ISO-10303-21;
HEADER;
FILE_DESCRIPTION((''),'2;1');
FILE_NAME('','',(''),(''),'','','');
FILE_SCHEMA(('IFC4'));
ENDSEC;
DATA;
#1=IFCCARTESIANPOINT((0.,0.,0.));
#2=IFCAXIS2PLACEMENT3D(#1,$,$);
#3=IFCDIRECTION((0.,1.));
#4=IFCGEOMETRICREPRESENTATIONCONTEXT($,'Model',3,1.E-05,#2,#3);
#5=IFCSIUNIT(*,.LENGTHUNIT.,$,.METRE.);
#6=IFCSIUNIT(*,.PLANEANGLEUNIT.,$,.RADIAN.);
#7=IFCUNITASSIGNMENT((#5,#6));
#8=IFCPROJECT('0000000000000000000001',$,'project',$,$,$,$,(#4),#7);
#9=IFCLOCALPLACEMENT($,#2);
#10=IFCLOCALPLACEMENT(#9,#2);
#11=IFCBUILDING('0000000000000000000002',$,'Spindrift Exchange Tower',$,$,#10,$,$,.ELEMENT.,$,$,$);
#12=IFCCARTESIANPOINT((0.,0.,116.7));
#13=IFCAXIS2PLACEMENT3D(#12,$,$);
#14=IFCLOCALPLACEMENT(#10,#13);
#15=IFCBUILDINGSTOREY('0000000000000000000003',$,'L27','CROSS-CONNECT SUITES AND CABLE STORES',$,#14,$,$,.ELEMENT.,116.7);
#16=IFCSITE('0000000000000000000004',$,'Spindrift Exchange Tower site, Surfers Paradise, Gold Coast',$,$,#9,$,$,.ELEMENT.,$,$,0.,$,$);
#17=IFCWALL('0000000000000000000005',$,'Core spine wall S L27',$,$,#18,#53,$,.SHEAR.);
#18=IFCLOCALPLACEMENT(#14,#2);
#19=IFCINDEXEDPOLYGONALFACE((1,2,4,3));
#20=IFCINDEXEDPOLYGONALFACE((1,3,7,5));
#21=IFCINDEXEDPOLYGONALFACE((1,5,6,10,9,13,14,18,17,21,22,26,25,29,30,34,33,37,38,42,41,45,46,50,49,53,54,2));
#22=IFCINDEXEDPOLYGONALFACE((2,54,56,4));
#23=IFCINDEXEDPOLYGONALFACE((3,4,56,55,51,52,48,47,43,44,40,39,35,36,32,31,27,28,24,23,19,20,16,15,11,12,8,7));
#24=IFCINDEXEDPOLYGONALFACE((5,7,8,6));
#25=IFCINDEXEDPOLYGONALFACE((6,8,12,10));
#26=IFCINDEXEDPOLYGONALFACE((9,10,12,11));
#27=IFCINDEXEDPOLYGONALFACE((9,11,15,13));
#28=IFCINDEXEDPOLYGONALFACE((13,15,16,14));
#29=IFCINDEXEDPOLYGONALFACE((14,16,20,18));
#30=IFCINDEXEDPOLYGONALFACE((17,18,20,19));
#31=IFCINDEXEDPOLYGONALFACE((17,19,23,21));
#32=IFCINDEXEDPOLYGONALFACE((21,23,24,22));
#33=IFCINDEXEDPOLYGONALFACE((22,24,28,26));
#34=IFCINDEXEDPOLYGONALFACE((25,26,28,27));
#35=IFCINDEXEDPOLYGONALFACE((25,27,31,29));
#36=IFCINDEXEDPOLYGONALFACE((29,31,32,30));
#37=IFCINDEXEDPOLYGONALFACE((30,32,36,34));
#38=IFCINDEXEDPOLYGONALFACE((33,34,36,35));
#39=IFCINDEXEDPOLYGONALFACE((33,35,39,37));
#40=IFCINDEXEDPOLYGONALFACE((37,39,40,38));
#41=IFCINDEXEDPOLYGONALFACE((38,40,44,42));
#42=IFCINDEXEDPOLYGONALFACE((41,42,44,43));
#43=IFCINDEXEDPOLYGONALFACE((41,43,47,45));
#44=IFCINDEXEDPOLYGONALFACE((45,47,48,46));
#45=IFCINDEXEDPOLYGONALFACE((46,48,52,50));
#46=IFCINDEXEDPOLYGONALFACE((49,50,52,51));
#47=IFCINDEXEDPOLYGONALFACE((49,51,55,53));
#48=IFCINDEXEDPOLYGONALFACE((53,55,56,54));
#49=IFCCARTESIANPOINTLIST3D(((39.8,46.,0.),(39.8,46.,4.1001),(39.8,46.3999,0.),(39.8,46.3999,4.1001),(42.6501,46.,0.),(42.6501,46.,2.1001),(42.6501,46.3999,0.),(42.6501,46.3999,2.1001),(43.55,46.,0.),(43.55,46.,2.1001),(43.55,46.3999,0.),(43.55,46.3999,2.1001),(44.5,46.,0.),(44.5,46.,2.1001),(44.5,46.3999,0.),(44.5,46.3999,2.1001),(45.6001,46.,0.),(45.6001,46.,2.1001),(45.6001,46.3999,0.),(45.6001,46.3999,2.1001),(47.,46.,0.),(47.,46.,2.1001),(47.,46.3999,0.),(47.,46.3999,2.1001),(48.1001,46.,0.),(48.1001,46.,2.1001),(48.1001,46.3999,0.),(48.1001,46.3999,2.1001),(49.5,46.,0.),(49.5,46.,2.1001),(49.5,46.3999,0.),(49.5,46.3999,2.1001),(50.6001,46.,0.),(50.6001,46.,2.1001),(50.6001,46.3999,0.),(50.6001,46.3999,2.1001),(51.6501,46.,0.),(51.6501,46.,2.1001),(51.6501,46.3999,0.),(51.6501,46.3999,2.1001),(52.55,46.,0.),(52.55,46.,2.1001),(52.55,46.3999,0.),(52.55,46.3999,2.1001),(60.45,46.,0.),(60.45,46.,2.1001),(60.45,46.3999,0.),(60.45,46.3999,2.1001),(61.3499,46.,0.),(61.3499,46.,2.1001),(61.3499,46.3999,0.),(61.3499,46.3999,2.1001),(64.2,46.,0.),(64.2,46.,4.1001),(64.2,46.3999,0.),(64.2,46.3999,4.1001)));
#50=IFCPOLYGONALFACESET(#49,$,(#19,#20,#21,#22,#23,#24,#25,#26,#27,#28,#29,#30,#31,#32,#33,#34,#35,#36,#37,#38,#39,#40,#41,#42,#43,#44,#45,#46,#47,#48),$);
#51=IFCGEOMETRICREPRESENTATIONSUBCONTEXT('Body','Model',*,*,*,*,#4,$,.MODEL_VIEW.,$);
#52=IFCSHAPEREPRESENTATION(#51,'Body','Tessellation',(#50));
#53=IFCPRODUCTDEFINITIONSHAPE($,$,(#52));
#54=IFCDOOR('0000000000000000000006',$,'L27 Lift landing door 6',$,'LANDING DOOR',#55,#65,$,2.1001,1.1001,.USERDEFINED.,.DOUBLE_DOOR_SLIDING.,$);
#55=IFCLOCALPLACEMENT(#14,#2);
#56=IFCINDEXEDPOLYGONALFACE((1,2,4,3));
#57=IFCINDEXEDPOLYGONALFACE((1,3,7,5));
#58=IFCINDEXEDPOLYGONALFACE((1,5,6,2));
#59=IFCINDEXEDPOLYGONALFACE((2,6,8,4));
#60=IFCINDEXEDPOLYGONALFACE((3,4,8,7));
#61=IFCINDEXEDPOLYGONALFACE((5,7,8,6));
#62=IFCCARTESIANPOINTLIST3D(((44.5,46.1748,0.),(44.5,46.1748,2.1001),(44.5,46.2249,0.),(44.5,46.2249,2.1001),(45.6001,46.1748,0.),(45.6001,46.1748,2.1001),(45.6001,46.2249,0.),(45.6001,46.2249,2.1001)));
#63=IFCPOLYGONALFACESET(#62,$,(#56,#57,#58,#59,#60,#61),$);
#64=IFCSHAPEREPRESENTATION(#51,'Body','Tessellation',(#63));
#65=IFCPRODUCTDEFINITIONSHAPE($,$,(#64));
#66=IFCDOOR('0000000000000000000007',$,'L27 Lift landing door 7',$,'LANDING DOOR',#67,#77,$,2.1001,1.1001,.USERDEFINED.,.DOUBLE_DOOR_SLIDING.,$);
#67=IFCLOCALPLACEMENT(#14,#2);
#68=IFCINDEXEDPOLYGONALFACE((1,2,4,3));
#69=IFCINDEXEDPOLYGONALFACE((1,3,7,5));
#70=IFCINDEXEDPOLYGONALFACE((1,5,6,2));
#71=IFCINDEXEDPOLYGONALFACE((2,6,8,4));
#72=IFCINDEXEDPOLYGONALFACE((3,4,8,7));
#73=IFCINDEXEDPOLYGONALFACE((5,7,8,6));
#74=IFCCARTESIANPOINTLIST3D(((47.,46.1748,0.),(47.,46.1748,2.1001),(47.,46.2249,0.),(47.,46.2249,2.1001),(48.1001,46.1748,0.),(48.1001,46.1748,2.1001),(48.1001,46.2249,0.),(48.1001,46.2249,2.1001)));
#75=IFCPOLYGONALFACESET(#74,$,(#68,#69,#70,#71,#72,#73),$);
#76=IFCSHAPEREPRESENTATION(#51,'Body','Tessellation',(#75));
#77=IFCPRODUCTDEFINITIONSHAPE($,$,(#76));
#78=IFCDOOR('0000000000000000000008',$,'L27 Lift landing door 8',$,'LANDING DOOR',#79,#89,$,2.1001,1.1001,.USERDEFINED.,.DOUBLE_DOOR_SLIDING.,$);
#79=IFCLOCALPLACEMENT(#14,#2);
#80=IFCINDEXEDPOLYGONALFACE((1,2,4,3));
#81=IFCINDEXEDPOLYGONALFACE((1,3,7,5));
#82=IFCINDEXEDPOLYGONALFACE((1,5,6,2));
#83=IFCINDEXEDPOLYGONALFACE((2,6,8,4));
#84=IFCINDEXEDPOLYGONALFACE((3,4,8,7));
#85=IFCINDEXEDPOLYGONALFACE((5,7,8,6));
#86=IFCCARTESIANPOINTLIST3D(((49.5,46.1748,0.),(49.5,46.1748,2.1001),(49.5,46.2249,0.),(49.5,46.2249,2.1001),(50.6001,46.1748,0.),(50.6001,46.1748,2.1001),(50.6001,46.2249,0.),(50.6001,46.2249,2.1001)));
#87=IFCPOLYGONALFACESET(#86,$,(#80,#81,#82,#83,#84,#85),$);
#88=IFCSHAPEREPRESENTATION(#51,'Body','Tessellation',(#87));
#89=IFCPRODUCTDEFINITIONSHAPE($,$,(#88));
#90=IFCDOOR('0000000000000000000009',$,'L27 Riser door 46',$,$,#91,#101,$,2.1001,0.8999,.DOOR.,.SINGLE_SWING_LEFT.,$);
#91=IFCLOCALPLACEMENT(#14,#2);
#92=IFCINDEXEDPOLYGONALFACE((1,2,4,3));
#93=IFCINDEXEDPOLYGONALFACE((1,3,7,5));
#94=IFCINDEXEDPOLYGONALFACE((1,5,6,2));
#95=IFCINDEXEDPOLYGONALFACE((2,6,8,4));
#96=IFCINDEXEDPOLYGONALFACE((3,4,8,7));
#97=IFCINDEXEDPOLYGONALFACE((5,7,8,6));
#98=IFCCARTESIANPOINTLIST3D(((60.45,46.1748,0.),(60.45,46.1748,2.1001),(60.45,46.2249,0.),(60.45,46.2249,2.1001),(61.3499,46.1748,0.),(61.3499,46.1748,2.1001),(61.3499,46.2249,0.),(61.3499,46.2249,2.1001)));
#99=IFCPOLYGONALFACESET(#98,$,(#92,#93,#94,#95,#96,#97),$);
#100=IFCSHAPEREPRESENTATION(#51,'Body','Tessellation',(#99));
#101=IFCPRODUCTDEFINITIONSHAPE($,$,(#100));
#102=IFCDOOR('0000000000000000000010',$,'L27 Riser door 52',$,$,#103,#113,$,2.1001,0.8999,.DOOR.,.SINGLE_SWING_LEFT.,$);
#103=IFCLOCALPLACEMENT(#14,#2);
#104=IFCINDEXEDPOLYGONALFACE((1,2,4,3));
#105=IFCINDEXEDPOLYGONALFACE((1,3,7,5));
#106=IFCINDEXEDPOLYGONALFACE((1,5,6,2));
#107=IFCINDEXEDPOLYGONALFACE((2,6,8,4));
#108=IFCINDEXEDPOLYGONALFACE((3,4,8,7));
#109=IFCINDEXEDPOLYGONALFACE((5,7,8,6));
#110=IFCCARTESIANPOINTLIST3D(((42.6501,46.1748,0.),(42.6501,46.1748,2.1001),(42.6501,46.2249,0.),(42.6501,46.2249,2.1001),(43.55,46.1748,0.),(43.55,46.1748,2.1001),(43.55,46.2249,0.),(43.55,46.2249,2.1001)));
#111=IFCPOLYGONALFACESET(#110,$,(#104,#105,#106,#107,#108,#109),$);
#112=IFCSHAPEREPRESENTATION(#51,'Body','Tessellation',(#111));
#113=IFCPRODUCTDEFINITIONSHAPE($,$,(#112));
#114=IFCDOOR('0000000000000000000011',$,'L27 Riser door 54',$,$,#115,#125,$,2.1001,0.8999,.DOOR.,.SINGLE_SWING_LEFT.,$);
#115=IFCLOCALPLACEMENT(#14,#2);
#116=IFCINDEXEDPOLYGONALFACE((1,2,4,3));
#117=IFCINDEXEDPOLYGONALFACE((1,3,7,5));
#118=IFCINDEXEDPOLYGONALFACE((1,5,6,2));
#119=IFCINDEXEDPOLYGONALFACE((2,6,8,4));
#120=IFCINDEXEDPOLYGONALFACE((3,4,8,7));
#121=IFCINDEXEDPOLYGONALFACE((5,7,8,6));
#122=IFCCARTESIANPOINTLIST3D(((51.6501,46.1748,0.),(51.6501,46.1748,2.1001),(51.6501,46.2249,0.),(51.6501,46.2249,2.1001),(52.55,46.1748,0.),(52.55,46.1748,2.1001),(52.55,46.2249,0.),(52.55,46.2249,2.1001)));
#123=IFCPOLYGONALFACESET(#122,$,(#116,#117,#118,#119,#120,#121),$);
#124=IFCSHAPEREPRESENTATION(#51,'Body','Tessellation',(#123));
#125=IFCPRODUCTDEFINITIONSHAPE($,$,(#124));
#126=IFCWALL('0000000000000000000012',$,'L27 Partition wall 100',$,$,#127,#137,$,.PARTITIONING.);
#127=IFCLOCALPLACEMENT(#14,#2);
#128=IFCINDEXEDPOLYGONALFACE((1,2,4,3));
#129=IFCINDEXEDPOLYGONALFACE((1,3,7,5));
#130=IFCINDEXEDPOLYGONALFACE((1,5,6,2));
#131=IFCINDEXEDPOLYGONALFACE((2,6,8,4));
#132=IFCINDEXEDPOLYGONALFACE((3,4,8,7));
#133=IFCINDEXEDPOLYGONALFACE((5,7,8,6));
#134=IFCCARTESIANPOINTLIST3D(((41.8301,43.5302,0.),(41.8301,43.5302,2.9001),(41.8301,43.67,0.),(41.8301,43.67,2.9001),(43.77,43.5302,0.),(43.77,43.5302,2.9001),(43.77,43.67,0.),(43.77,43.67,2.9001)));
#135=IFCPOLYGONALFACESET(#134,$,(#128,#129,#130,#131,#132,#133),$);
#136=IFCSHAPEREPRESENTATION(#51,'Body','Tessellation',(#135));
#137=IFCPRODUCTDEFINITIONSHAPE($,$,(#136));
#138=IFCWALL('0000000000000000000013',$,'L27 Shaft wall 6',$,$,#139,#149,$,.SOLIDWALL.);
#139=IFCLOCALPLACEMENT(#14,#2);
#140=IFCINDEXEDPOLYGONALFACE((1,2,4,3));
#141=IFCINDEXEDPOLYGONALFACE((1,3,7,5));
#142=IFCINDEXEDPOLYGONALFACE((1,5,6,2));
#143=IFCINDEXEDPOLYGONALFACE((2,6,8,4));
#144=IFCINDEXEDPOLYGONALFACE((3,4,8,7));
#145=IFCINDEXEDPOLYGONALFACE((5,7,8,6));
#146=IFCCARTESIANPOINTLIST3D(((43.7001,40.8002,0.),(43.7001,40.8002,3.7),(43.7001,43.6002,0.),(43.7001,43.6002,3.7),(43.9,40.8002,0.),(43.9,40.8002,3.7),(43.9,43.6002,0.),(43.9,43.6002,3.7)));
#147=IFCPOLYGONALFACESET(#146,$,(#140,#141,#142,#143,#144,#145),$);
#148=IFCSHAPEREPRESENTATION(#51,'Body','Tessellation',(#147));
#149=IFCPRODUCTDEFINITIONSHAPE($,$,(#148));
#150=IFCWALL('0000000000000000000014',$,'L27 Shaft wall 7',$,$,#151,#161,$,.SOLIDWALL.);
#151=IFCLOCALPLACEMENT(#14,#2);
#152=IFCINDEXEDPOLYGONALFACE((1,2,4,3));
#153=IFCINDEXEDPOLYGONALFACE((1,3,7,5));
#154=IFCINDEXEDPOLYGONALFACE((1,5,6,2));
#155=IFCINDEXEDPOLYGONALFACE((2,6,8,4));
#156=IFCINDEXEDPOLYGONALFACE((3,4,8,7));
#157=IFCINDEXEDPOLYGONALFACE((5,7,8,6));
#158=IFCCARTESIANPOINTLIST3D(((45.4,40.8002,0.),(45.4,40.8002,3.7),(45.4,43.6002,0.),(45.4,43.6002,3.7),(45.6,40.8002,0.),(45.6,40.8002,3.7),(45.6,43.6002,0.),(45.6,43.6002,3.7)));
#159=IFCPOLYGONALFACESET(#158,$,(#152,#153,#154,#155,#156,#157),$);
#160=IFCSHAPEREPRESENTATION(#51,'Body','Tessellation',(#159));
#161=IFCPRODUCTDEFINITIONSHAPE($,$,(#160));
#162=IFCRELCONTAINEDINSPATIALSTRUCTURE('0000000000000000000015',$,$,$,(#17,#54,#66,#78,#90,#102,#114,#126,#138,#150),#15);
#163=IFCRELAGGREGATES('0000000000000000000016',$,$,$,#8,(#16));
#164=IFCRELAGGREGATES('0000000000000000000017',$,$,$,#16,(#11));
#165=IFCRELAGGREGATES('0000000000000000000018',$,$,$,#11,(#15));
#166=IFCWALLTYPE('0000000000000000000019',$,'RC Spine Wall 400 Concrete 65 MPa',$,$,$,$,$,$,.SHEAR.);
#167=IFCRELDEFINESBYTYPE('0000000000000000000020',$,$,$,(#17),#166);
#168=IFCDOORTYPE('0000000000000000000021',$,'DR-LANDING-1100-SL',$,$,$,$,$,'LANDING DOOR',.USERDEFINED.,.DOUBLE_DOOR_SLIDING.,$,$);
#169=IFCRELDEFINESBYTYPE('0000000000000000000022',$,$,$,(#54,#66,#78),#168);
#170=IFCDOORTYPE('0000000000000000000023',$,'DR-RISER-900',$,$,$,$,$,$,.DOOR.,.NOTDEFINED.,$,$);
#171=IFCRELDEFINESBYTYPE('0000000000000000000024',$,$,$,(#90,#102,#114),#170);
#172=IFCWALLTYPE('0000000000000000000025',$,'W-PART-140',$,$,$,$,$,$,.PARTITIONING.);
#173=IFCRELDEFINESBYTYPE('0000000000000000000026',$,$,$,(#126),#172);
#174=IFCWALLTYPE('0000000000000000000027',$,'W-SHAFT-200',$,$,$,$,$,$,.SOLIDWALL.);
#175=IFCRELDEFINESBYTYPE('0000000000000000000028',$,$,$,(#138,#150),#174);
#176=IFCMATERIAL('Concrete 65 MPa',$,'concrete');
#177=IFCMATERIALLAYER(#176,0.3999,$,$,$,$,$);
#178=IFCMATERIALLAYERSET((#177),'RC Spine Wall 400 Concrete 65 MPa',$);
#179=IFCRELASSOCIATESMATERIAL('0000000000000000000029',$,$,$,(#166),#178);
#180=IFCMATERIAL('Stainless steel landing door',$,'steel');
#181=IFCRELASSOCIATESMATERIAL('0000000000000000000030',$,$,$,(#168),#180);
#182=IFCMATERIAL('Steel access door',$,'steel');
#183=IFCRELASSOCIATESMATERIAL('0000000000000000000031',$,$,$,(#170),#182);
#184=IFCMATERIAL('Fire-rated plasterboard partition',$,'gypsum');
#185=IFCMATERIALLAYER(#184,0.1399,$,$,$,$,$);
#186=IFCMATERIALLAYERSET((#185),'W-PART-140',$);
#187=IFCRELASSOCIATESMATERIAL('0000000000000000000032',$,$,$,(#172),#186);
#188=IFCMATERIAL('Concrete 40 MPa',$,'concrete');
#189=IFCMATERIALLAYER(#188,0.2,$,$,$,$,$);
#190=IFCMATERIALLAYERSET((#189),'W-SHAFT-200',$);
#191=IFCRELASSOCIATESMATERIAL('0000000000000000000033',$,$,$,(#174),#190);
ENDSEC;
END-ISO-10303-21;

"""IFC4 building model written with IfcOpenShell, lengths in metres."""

from ifc_helpers import new_model, si_unit, direction, frame, frame_2d, origin, place, context, subcontext, project, spatial, rectangle, extrude, source, transform, mapped, material, layer, layer_set, type_object, element, fill, save


model = new_model("IFC4")

# Units and contexts
model_context = context("Model", 3, precision=1e-05, world=origin(), true_north=direction((0.0, 1.0)))
body_context = subcontext(model_context, "Body", "Model", "MODEL_VIEW")
ifc_project = project(units=[si_unit("LENGTHUNIT", "METRE"), si_unit("PLANEANGLEUNIT", "RADIAN")], contexts=[model_context])

# Site, building, storey
site_placement = place(None, origin())
site = spatial("IfcSite", under=ifc_project, at=site_placement, Name="Spindrift Exchange Tower site, Surfers Paradise, Gold Coast", CompositionType="ELEMENT", RefElevation=0.0)
building_placement = place(site_placement, origin())
building = spatial("IfcBuilding", under=site, at=building_placement, Name="Spindrift Exchange Tower", CompositionType="ELEMENT")
storey_placement = place(building_placement, frame((0.0, 0.0, 116.7)))
storey = spatial("IfcBuildingStorey", under=building, at=storey_placement, Name="L27", Description="CROSS-CONNECT SUITES AND CABLE STORES", CompositionType="ELEMENT", Elevation=116.7)

# Wall, openings, doors
ifc_material_1 = material(Name="Concrete 65 MPa", Category="concrete")
ifc_layer_1 = layer(ifc_material_1, 0.3999)
ifc_layer_set_1 = layer_set([ifc_layer_1], Name="RC Spine Wall 400 Concrete 65 MPa")
wall_type_1 = type_object("IfcWallType", Name="RC Spine Wall 400 Concrete 65 MPa", PredefinedType="SHEAR", material=ifc_layer_set_1)
wall_1_placement = place(storey_placement, frame((39.8, 46.2, 0.0), z_axis=(0.0, 0.0, 1.0), x_axis=(1.0, 0.0, 0.0)))
wall_1 = element("IfcWall", 1, at=wall_1_placement, inside=storey, type_object=wall_type_1, Name="Core spine wall S L27", PredefinedType="SHEAR", context=body_context, shape_type="SweptSolid", body=[
    extrude(rectangle(XDim=24.3999, YDim=0.3999, at=frame_2d((12.2, 0.0))), origin(), (0.0, 0.0, 1.0), 4.1001),
])
opening_1_placement = place(wall_1_placement, frame((4.7, 0.0, 0.0)))
opening_1 = element("IfcOpeningElement", 2, at=opening_1_placement, cuts=wall_1, PredefinedType="OPENING", context=body_context, shape_type="SweptSolid", body=[
    extrude(rectangle(XDim=1.1001, YDim=2.1001, at=frame_2d((0.55, 1.05))), frame((0.0, 0.21, 0.0), z_axis=(0.0, -1.0, 0.0), x_axis=(1.0, 0.0, 0.0)), (0.0, 0.0, 1.0), 0.4199),
])
opening_2_placement = place(wall_1_placement, frame((7.2, 0.0, 0.0)))
opening_2 = element("IfcOpeningElement", 3, at=opening_2_placement, cuts=wall_1, PredefinedType="OPENING", context=body_context, shape_type="SweptSolid", body=[
    extrude(rectangle(XDim=1.1001, YDim=2.1001, at=frame_2d((0.55, 1.05))), frame((0.0, 0.21, 0.0), z_axis=(0.0, -1.0, 0.0), x_axis=(1.0, 0.0, 0.0)), (0.0, 0.0, 1.0), 0.4199),
])
opening_3_placement = place(wall_1_placement, frame((9.7, 0.0, 0.0)))
opening_3 = element("IfcOpeningElement", 4, at=opening_3_placement, cuts=wall_1, PredefinedType="OPENING", context=body_context, shape_type="SweptSolid", body=[
    extrude(rectangle(XDim=1.1001, YDim=2.1001, at=frame_2d((0.55, 1.05))), frame((0.0, 0.21, 0.0), z_axis=(0.0, -1.0, 0.0), x_axis=(1.0, 0.0, 0.0)), (0.0, 0.0, 1.0), 0.4199),
])
opening_4_placement = place(wall_1_placement, frame((20.6499, 0.0, 0.0)))
opening_4 = element("IfcOpeningElement", 5, at=opening_4_placement, cuts=wall_1, PredefinedType="OPENING", context=body_context, shape_type="SweptSolid", body=[
    extrude(rectangle(XDim=0.8999, YDim=2.1001, at=frame_2d((0.45, 1.05))), frame((0.0, 0.21, 0.0), z_axis=(0.0, -1.0, 0.0), x_axis=(1.0, 0.0, 0.0)), (0.0, 0.0, 1.0), 0.4199),
])
opening_5_placement = place(wall_1_placement, frame((2.8501, 0.0, 0.0)))
opening_5 = element("IfcOpeningElement", 6, at=opening_5_placement, cuts=wall_1, PredefinedType="OPENING", context=body_context, shape_type="SweptSolid", body=[
    extrude(rectangle(XDim=0.8999, YDim=2.1001, at=frame_2d((0.45, 1.05))), frame((0.0, 0.21, 0.0), z_axis=(0.0, -1.0, 0.0), x_axis=(1.0, 0.0, 0.0)), (0.0, 0.0, 1.0), 0.4199),
])
opening_6_placement = place(wall_1_placement, frame((11.8501, 0.0, 0.0)))
opening_6 = element("IfcOpeningElement", 7, at=opening_6_placement, cuts=wall_1, PredefinedType="OPENING", context=body_context, shape_type="SweptSolid", body=[
    extrude(rectangle(XDim=0.8999, YDim=2.1001, at=frame_2d((0.45, 1.05))), frame((0.0, 0.21, 0.0), z_axis=(0.0, -1.0, 0.0), x_axis=(1.0, 0.0, 0.0)), (0.0, 0.0, 1.0), 0.4199),
])
ifc_material_2 = material(Name="Stainless steel landing door", Category="steel")
door_type_1 = type_object("IfcDoorType", Name="DR-LANDING-1100-SL", ElementType="LANDING DOOR", OperationType="DOUBLE_DOOR_SLIDING", PredefinedType="USERDEFINED", material=ifc_material_2)
shared_shape_1 = source(origin(), body_context, "Body", "SweptSolid", [
    extrude(rectangle(XDim=1.1001, YDim=2.1001, at=frame_2d((0.55, 1.05))), frame((0.0, 0.0249, 0.0), z_axis=(0.0, -1.0, 0.0), x_axis=(1.0, 0.0, 0.0)), (0.0, 0.0, 1.0), 0.05),
])
door_1_placement = place(opening_1_placement, origin())
door_1 = element("IfcDoor", 8, at=door_1_placement, inside=storey, type_object=door_type_1, Name="L27 Lift landing door 6", ObjectType="LANDING DOOR", OperationType="DOUBLE_DOOR_SLIDING", OverallHeight=2.1001, OverallWidth=1.1001, PredefinedType="USERDEFINED", context=body_context, shape_type="MappedRepresentation", body=[
    mapped(shared_shape_1, transform((0.0, 0.0, 0.0), scale=1.0)),
])
fill(opening_1, door_1)
door_2_placement = place(opening_2_placement, origin())
door_2 = element("IfcDoor", 9, at=door_2_placement, inside=storey, type_object=door_type_1, Name="L27 Lift landing door 7", ObjectType="LANDING DOOR", OperationType="DOUBLE_DOOR_SLIDING", OverallHeight=2.1001, OverallWidth=1.1001, PredefinedType="USERDEFINED", context=body_context, shape_type="MappedRepresentation", body=[
    mapped(shared_shape_1, transform((0.0, 0.0, 0.0), scale=1.0)),
])
fill(opening_2, door_2)
door_3_placement = place(opening_3_placement, origin())
door_3 = element("IfcDoor", 10, at=door_3_placement, inside=storey, type_object=door_type_1, Name="L27 Lift landing door 8", ObjectType="LANDING DOOR", OperationType="DOUBLE_DOOR_SLIDING", OverallHeight=2.1001, OverallWidth=1.1001, PredefinedType="USERDEFINED", context=body_context, shape_type="MappedRepresentation", body=[
    mapped(shared_shape_1, transform((0.0, 0.0, 0.0), scale=1.0)),
])
fill(opening_3, door_3)
ifc_material_3 = material(Name="Steel access door", Category="steel")
door_type_2 = type_object("IfcDoorType", Name="DR-RISER-900", OperationType="NOTDEFINED", PredefinedType="DOOR", material=ifc_material_3)
shared_shape_2 = source(origin(), body_context, "Body", "SweptSolid", [
    extrude(rectangle(XDim=0.8999, YDim=2.1001, at=frame_2d((0.45, 1.05))), frame((0.0, 0.0249, 0.0), z_axis=(0.0, -1.0, 0.0), x_axis=(1.0, 0.0, 0.0)), (0.0, 0.0, 1.0), 0.05),
])
door_4_placement = place(opening_4_placement, origin())
door_4 = element("IfcDoor", 11, at=door_4_placement, inside=storey, type_object=door_type_2, Name="L27 Riser door 46", OperationType="SINGLE_SWING_LEFT", OverallHeight=2.1001, OverallWidth=0.8999, PredefinedType="DOOR", context=body_context, shape_type="MappedRepresentation", body=[
    mapped(shared_shape_2, transform((0.0, 0.0, 0.0), scale=1.0)),
])
fill(opening_4, door_4)
door_5_placement = place(opening_5_placement, origin())
door_5 = element("IfcDoor", 12, at=door_5_placement, inside=storey, type_object=door_type_2, Name="L27 Riser door 52", OperationType="SINGLE_SWING_LEFT", OverallHeight=2.1001, OverallWidth=0.8999, PredefinedType="DOOR", context=body_context, shape_type="MappedRepresentation", body=[
    mapped(shared_shape_2, transform((0.0, 0.0, 0.0), scale=1.0)),
])
fill(opening_5, door_5)
door_6_placement = place(opening_6_placement, origin())
door_6 = element("IfcDoor", 13, at=door_6_placement, inside=storey, type_object=door_type_2, Name="L27 Riser door 54", OperationType="SINGLE_SWING_LEFT", OverallHeight=2.1001, OverallWidth=0.8999, PredefinedType="DOOR", context=body_context, shape_type="MappedRepresentation", body=[
    mapped(shared_shape_2, transform((0.0, 0.0, 0.0), scale=1.0)),
])
fill(opening_6, door_6)

# Walls
ifc_material_4 = material(Name="Fire-rated plasterboard partition", Category="gypsum")
ifc_layer_2 = layer(ifc_material_4, 0.1399)
ifc_layer_set_2 = layer_set([ifc_layer_2], Name="W-PART-140")
wall_type_2 = type_object("IfcWallType", Name="W-PART-140", PredefinedType="PARTITIONING", material=ifc_layer_set_2)
wall_2_placement = place(storey_placement, frame((43.77, 43.6001, 0.0), z_axis=(0.0, 0.0, 1.0), x_axis=(-1.0, 0.0, 0.0)))
element("IfcWall", 14, at=wall_2_placement, inside=storey, type_object=wall_type_2, Name="L27 Partition wall 100", PredefinedType="PARTITIONING", context=body_context, shape_type="SweptSolid", body=[
    extrude(rectangle(XDim=1.9399, YDim=0.1399, at=frame_2d((0.97, 0.0))), origin(), (0.0, 0.0, 1.0), 2.9001),
])
ifc_material_5 = material(Name="Concrete 40 MPa", Category="concrete")
ifc_layer_3 = layer(ifc_material_5, 0.2)
ifc_layer_set_3 = layer_set([ifc_layer_3], Name="W-SHAFT-200")
wall_type_3 = type_object("IfcWallType", Name="W-SHAFT-200", PredefinedType="SOLIDWALL", material=ifc_layer_set_3)
for number, where, z_axis, x_axis, name in (
    (15, (43.8, 43.6001, 0.0), (0.0, 0.0, 1.0), (0.0, -1.0, 0.0), "L27 Shaft wall 6"),
    (16, (45.5, 43.6001, 0.0), (0.0, 0.0, 1.0), (0.0, -1.0, 0.0), "L27 Shaft wall 7"),
):
    element("IfcWall", number, at=place(storey_placement, frame(where, z_axis=z_axis, x_axis=x_axis)), inside=storey, type_object=wall_type_3, Name=name, PredefinedType="SOLIDWALL", context=body_context, shape_type="SweptSolid", body=[
        extrude(rectangle(XDim=2.8, YDim=0.2, at=frame_2d((1.3999, 0.0))), origin(), (0.0, 0.0, 1.0), 3.7),
    ])

save(model, "model.ifc")
